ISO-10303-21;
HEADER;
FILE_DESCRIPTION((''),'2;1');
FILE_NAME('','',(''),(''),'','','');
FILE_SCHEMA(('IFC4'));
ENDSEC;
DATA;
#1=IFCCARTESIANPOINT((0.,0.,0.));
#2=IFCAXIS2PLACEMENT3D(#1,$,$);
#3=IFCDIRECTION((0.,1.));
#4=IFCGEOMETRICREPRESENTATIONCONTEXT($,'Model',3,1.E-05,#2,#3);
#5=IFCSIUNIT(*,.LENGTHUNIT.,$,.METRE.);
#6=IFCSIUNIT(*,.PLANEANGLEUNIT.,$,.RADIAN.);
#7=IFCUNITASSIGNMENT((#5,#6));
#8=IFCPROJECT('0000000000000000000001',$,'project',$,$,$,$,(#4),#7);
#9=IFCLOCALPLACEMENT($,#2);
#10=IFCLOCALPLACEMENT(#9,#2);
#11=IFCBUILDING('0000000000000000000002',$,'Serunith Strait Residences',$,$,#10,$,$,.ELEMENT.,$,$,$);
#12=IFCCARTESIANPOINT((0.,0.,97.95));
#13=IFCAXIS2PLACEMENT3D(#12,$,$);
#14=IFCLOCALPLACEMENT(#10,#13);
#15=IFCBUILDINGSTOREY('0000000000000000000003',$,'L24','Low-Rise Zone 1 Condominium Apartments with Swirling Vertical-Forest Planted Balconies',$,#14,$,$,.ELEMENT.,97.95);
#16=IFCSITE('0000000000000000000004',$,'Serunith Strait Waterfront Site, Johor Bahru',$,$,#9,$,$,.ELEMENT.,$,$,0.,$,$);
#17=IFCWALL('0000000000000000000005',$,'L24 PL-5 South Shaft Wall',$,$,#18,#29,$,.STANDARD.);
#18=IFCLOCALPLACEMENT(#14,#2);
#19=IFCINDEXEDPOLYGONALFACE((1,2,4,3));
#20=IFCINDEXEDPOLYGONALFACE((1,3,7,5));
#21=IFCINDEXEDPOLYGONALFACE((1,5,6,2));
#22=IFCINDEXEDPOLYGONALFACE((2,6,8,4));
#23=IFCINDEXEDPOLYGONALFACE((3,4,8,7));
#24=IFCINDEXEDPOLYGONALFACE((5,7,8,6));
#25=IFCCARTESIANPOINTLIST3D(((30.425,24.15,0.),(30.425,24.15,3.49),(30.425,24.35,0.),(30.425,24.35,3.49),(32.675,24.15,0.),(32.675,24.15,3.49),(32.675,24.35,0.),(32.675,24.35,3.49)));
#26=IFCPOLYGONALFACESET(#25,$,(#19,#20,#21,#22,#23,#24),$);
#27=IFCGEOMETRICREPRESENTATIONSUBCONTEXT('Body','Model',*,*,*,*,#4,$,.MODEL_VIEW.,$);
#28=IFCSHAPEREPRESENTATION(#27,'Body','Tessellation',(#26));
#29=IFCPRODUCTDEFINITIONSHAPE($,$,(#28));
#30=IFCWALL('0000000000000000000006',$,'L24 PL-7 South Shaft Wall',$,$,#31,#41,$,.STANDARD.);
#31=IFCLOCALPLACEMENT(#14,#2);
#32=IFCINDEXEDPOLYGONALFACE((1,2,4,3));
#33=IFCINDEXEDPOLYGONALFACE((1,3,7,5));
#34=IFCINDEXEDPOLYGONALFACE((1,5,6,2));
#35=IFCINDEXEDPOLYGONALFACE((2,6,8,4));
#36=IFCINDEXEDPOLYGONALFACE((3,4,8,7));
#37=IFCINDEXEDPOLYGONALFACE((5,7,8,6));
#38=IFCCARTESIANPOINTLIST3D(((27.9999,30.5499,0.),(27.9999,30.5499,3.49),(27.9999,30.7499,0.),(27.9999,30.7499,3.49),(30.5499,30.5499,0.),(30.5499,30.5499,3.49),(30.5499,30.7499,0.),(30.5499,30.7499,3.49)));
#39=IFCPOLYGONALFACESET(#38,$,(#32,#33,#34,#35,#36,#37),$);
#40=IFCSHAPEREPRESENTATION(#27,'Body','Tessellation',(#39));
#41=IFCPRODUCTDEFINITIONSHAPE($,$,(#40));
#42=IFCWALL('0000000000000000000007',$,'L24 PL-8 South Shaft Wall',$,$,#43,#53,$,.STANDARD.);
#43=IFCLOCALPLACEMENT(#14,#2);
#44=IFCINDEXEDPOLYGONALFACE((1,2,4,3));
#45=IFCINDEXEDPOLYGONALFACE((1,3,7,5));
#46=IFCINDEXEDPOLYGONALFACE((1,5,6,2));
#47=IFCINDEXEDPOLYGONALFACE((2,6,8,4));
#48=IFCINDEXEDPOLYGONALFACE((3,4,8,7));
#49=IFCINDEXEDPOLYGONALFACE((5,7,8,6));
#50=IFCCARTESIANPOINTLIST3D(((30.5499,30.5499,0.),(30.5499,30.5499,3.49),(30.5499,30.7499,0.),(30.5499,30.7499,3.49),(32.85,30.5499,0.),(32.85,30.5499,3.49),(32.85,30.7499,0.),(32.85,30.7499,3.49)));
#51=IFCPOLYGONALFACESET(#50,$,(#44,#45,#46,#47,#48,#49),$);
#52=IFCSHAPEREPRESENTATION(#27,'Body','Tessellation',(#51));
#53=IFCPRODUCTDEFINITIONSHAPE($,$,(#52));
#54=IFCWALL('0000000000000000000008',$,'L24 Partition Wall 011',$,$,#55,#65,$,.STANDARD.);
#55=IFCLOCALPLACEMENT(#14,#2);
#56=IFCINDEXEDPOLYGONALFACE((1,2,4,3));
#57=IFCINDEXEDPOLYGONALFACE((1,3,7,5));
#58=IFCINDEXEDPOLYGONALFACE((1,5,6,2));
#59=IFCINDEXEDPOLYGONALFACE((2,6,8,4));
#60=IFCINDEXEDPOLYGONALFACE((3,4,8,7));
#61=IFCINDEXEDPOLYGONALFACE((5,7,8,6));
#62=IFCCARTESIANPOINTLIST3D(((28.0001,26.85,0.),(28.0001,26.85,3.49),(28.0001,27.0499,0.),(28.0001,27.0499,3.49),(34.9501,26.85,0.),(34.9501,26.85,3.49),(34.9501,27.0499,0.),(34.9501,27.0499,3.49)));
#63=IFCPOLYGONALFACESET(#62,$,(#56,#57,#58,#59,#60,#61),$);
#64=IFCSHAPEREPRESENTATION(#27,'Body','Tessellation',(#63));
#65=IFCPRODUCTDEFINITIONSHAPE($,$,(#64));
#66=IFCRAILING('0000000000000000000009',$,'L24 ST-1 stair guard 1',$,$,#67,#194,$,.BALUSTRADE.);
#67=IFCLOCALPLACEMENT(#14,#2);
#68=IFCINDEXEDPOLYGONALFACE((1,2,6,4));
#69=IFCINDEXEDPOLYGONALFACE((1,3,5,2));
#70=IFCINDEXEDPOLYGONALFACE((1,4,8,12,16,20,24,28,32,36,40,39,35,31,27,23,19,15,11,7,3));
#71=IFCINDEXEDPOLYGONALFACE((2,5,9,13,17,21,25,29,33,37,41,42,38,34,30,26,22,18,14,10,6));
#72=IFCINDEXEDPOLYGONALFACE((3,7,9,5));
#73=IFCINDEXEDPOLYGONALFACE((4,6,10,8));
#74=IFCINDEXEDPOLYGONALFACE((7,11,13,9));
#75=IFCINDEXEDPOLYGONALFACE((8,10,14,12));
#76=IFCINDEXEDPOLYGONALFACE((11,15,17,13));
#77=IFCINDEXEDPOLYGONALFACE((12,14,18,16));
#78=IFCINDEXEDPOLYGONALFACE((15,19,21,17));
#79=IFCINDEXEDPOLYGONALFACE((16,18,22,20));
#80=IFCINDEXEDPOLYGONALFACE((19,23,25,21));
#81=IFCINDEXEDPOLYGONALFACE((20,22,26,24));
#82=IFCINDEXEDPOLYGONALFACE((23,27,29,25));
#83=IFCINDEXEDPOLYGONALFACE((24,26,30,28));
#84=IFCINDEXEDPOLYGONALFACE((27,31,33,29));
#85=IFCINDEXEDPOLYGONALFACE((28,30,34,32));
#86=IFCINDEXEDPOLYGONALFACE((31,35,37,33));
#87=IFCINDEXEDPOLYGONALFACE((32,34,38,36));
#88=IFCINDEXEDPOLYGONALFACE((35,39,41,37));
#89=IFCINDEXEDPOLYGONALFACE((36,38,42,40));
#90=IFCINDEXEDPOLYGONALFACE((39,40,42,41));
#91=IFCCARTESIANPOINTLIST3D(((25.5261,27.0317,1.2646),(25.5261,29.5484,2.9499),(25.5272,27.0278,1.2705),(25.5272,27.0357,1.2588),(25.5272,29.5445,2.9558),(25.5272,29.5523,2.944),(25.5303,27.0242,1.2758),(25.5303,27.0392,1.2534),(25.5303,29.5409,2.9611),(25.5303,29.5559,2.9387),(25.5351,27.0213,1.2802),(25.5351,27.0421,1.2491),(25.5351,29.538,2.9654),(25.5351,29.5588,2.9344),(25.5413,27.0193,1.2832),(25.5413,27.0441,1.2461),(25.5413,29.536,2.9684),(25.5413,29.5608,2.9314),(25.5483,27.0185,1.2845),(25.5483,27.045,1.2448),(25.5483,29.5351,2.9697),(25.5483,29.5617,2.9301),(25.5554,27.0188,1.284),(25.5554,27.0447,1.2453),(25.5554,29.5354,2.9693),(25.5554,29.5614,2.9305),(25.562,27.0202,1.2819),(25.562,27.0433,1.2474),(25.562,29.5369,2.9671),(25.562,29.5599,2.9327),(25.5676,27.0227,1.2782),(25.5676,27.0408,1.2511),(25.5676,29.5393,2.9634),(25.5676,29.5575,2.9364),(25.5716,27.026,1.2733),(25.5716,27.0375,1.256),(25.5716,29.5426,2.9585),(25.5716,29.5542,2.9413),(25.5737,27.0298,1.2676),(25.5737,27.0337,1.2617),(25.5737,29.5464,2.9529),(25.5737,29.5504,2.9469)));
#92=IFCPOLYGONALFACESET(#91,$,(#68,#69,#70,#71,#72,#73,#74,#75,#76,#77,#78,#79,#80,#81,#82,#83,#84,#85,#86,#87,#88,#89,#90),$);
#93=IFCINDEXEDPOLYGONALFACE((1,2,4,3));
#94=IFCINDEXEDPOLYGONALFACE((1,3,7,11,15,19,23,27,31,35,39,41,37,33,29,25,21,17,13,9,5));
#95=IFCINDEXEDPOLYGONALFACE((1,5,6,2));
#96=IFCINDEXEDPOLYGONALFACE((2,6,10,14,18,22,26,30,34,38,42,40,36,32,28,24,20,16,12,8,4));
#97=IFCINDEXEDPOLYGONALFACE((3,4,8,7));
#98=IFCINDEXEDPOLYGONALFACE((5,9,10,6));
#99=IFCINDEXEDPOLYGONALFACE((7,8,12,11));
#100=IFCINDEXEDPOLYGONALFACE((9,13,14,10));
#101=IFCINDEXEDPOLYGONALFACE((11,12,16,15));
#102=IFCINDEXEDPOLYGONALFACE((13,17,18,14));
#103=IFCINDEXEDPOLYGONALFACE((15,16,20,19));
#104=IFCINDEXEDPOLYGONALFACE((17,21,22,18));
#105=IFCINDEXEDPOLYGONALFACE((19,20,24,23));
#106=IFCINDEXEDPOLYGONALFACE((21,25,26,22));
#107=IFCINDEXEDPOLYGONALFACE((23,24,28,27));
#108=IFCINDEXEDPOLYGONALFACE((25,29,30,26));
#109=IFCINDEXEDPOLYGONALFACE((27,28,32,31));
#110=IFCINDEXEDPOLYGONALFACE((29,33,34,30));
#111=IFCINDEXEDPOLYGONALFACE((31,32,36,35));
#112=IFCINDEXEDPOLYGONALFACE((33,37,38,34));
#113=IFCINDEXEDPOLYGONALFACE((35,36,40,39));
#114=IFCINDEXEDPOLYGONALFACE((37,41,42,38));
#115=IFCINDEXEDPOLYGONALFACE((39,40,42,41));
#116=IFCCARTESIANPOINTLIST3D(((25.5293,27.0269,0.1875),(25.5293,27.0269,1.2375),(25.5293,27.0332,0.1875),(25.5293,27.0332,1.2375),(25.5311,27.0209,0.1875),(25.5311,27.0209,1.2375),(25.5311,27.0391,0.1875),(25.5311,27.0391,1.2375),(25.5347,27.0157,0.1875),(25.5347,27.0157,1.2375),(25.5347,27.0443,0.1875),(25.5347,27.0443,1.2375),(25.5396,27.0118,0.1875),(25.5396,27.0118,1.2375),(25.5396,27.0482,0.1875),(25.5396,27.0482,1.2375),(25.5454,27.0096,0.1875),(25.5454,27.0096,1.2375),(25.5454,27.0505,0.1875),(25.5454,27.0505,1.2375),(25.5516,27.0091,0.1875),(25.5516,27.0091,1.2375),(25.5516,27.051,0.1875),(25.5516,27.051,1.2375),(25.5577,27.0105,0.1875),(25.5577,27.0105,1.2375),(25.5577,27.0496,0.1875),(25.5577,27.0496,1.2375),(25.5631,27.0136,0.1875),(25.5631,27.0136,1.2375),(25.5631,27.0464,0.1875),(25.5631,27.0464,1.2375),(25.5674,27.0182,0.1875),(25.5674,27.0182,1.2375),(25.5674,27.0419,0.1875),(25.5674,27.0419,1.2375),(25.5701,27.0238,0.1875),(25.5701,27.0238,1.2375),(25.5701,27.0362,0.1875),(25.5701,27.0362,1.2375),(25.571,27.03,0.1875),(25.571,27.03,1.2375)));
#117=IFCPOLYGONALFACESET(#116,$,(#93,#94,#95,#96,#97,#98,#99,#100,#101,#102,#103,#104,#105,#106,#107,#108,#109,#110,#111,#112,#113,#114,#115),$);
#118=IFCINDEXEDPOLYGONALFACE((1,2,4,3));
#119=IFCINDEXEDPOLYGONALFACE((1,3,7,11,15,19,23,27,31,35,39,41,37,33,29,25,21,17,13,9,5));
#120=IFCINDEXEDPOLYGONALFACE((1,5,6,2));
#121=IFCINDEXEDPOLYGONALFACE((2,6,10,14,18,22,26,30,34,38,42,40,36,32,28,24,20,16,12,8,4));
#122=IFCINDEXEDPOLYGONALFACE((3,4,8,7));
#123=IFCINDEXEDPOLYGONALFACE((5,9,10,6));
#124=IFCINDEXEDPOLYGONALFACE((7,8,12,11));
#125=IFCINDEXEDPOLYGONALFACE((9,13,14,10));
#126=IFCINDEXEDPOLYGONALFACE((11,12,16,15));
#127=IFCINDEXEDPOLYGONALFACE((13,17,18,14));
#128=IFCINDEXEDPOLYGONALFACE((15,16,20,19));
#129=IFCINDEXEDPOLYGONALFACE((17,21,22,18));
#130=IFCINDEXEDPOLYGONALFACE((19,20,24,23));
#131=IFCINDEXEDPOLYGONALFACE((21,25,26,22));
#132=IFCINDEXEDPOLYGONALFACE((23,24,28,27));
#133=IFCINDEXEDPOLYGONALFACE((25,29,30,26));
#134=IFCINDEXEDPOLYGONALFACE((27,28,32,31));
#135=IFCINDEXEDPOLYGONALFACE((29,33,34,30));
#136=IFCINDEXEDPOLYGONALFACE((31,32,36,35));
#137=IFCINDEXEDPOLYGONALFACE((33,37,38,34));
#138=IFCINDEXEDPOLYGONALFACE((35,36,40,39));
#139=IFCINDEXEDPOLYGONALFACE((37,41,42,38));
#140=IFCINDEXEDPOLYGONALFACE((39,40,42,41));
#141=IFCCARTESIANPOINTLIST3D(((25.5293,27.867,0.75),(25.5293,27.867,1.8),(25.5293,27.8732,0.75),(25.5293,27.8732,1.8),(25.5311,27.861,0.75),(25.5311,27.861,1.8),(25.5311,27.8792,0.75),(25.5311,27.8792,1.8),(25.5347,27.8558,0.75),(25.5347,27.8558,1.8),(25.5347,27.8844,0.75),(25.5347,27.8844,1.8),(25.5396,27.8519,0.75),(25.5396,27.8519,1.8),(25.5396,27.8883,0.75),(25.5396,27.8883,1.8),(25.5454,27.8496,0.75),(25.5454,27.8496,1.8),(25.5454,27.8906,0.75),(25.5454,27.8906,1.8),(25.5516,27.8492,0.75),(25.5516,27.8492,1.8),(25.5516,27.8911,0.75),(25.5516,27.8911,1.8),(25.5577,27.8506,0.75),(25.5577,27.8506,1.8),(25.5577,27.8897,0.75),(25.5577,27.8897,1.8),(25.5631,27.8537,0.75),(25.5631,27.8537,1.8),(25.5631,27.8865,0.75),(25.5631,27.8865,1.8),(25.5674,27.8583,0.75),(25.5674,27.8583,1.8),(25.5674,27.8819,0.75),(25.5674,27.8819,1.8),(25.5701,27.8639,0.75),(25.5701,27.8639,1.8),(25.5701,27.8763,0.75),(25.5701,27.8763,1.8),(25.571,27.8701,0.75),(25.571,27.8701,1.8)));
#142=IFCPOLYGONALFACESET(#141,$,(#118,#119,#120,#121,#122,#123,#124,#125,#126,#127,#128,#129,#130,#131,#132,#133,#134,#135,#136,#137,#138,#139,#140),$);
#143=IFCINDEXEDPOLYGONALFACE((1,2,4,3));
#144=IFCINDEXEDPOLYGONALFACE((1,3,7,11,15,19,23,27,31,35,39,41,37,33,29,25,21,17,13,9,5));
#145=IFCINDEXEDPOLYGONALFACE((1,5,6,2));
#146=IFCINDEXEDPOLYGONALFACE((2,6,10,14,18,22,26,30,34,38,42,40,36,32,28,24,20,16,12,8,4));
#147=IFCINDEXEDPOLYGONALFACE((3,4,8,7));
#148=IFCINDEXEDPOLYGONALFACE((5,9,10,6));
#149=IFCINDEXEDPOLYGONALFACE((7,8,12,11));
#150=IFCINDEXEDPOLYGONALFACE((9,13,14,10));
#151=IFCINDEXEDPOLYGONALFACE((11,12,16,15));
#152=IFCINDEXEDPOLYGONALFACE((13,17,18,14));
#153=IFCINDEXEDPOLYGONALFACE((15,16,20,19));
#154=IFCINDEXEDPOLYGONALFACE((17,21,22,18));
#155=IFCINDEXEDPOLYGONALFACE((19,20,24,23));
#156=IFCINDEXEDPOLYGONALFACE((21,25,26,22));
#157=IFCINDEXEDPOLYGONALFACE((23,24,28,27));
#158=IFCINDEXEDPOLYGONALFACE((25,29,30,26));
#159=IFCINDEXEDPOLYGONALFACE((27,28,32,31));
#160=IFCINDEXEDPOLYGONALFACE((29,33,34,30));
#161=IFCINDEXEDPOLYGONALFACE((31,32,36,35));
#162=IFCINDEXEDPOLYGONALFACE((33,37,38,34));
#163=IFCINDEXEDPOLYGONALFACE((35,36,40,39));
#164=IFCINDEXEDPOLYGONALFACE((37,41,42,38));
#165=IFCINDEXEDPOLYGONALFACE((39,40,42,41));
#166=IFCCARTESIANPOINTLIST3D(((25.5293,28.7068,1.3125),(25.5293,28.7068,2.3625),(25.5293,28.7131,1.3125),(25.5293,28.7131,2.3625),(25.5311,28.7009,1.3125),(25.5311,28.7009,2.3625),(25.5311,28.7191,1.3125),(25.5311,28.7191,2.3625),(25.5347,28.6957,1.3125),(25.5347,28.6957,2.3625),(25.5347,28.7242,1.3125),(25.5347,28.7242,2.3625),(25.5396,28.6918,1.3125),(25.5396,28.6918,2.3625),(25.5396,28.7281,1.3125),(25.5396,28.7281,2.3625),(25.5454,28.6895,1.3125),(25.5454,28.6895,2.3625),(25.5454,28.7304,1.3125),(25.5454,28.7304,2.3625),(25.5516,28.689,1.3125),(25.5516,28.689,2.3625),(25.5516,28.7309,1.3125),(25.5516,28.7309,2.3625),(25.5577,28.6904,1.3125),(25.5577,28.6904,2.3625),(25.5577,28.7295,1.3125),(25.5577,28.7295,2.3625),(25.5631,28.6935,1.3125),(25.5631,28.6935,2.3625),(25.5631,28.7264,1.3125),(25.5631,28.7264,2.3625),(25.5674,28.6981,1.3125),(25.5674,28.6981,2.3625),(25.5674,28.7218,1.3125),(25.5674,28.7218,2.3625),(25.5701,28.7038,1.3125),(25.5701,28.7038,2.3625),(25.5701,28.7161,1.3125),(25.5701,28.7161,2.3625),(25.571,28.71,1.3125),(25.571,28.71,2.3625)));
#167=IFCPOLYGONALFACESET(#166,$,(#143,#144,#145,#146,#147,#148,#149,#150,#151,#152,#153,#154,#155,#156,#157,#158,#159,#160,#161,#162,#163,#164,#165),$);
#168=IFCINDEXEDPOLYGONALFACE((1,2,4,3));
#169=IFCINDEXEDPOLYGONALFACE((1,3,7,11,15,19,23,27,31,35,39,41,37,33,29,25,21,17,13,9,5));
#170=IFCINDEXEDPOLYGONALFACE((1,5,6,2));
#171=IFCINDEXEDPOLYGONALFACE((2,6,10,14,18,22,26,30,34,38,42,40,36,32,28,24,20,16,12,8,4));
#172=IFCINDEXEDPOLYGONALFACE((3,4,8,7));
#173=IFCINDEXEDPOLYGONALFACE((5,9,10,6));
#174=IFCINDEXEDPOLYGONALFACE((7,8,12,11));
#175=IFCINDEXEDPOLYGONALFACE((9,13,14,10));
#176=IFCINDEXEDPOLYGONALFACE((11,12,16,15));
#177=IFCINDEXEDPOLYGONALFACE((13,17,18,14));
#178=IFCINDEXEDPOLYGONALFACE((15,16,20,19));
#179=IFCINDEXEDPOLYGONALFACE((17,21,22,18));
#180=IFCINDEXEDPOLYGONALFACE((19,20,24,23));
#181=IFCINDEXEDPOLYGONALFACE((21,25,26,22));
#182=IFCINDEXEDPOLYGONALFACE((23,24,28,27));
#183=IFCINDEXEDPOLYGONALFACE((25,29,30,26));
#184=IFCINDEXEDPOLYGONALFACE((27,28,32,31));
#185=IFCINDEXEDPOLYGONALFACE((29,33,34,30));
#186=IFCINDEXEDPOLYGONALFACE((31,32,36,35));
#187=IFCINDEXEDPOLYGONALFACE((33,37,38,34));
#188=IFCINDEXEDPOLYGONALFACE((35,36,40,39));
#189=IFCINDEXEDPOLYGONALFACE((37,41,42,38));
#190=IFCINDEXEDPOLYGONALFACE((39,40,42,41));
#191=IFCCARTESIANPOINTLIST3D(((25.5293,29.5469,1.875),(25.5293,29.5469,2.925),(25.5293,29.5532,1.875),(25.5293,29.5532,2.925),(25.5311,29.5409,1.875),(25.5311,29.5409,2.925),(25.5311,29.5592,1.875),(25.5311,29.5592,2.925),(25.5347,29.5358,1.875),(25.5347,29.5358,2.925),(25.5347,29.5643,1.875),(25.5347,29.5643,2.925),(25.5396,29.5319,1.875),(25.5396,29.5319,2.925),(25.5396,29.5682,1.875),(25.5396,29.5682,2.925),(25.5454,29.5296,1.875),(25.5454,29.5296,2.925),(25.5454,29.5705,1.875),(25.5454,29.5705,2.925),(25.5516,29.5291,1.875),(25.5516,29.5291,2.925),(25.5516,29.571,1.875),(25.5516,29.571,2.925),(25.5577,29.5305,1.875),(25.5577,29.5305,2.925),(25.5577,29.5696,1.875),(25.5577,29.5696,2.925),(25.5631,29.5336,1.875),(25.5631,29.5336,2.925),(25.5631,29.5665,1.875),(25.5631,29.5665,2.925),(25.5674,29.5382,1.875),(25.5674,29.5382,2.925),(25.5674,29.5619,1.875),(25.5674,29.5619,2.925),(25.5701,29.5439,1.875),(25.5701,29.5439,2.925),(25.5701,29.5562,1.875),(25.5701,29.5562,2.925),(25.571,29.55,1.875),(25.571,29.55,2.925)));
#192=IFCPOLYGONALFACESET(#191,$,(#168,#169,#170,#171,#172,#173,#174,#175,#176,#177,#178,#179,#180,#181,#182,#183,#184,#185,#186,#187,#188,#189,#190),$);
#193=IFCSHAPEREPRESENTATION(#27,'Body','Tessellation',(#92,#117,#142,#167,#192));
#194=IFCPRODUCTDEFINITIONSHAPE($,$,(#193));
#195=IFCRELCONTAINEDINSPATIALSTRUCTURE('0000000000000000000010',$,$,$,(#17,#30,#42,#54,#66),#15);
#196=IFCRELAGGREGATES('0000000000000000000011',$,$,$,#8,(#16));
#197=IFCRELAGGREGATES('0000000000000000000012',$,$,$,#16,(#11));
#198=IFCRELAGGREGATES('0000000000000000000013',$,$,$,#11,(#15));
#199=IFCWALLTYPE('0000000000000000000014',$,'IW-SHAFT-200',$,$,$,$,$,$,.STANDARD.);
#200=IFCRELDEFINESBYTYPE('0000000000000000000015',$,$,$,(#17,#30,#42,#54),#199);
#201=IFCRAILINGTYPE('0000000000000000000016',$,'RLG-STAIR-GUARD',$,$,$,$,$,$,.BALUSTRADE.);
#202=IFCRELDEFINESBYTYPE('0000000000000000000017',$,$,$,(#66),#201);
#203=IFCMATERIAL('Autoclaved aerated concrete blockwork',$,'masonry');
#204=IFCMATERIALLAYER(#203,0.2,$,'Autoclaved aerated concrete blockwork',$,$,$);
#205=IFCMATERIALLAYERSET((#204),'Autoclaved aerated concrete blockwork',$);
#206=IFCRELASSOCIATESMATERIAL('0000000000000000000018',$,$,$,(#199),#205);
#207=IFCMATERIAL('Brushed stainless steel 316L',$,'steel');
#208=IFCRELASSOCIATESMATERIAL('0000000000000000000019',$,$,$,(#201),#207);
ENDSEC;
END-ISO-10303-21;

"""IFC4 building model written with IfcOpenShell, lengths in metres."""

from ifc_helpers import new_model, si_unit, direction, frame, frame_2d, origin, origin_2d, place, context, subcontext, project, spatial, rectangle, circle, extrude, material, layer, layer_set, type_object, element, save


model = new_model("IFC4")

# Units and contexts
model_context = context("Model", 3, precision=1e-05, world=origin(), true_north=direction((0.0, 1.0)))
body_context = subcontext(model_context, "Body", "Model", "MODEL_VIEW")
ifc_project = project(units=[si_unit("LENGTHUNIT", "METRE"), si_unit("PLANEANGLEUNIT", "RADIAN")], contexts=[model_context])

# Site, building, storey
site_placement = place(None, origin())
site = spatial("IfcSite", under=ifc_project, at=site_placement, Name="Serunith Strait Waterfront Site, Johor Bahru", CompositionType="ELEMENT", RefElevation=0.0)
building_placement = place(site_placement, origin())
building = spatial("IfcBuilding", under=site, at=building_placement, Name="Serunith Strait Residences", CompositionType="ELEMENT")
storey_placement = place(building_placement, frame((0.0, 0.0, 97.95)))
storey = spatial("IfcBuildingStorey", under=building, at=storey_placement, Name="L24", Description="Low-Rise Zone 1 Condominium Apartments with Swirling Vertical-Forest Planted Balconies", CompositionType="ELEMENT", Elevation=97.95)

# Walls
ifc_material_1 = material(Name="Autoclaved aerated concrete blockwork", Category="masonry")
ifc_layer_1 = layer(ifc_material_1, 0.2, Name="Autoclaved aerated concrete blockwork")
ifc_layer_set_1 = layer_set([ifc_layer_1], Name="Autoclaved aerated concrete blockwork")
wall_type_1 = type_object("IfcWallType", Name="IW-SHAFT-200", PredefinedType="STANDARD", material=ifc_layer_set_1)
wall_1_placement = place(storey_placement, frame((30.425, 24.25, 0.0), z_axis=(0.0, 0.0, 1.0), x_axis=(1.0, 0.0, 0.0)))
element("IfcWall", 1, at=wall_1_placement, inside=storey, type_object=wall_type_1, Name="L24 PL-5 South Shaft Wall", PredefinedType="STANDARD", context=body_context, shape_type="SweptSolid", body=[
    extrude(rectangle(XDim=2.25, YDim=0.2, at=frame_2d((1.125, 0.0))), origin(), (0.0, 0.0, 1.0), 3.49),
])
wall_2_placement = place(storey_placement, frame((28.0, 30.6499, 0.0), z_axis=(0.0, 0.0, 1.0), x_axis=(1.0, 0.0, 0.0)))
element("IfcWall", 2, at=wall_2_placement, inside=storey, type_object=wall_type_1, Name="L24 PL-7 South Shaft Wall", PredefinedType="STANDARD", context=body_context, shape_type="SweptSolid", body=[
    extrude(rectangle(XDim=2.55, YDim=0.2, at=frame_2d((1.2749, 0.0))), origin(), (0.0, 0.0, 1.0), 3.49),
])
wall_3_placement = place(storey_placement, frame((30.55, 30.6499, 0.0), z_axis=(0.0, 0.0, 1.0), x_axis=(1.0, 0.0, 0.0)))
element("IfcWall", 3, at=wall_3_placement, inside=storey, type_object=wall_type_1, Name="L24 PL-8 South Shaft Wall", PredefinedType="STANDARD", context=body_context, shape_type="SweptSolid", body=[
    extrude(rectangle(XDim=2.3, YDim=0.2, at=frame_2d((1.1499, 0.0))), origin(), (0.0, 0.0, 1.0), 3.49),
])
wall_4_placement = place(storey_placement, frame((28.0, 26.95, 0.0), z_axis=(0.0, 0.0, 1.0), x_axis=(1.0, 0.0, 0.0)))
element("IfcWall", 4, at=wall_4_placement, inside=storey, type_object=wall_type_1, Name="L24 Partition Wall 011", PredefinedType="STANDARD", context=body_context, shape_type="SweptSolid", body=[
    extrude(rectangle(XDim=6.95, YDim=0.2, at=frame_2d((3.4751, 0.0))), origin(), (0.0, 0.0, 1.0), 3.49),
])

# Railing
ifc_material_2 = material(Name="Brushed stainless steel 316L", Category="steel")
railing_type_1 = type_object("IfcRailingType", Name="RLG-STAIR-GUARD", PredefinedType="BALUSTRADE", material=ifc_material_2)
railing_1_placement = place(storey_placement, frame((25.55, 27.03, 0.1875)))
element("IfcRailing", 5, at=railing_1_placement, inside=storey, type_object=railing_type_1, Name="L24 ST-1 stair guard 1", PredefinedType="BALUSTRADE", context=body_context, shape_type="SweptSolid", body=[
    extrude(circle(Radius=0.0239, at=origin_2d()), frame((0.0, 0.0017, 1.0771), z_axis=(0.0, 0.830909, 0.556408), x_axis=(-1.0, 0.0, 0.0)), (0.0, 0.0, 1.0), 3.0288),
    extrude(circle(Radius=0.021, at=origin_2d()), origin(), (0.0, 0.0, 1.0), 1.05),
    extrude(circle(Radius=0.021, at=origin_2d()), frame((0.0, 0.8401, 0.5625)), (0.0, 0.0, 1.0), 1.05),
    extrude(circle(Radius=0.021, at=origin_2d()), frame((0.0, 1.6799, 1.125)), (0.0, 0.0, 1.0), 1.05),
    extrude(circle(Radius=0.021, at=origin_2d()), frame((0.0, 2.52, 1.6875)), (0.0, 0.0, 1.0), 1.05),
])

save(model, "model.ifc")
